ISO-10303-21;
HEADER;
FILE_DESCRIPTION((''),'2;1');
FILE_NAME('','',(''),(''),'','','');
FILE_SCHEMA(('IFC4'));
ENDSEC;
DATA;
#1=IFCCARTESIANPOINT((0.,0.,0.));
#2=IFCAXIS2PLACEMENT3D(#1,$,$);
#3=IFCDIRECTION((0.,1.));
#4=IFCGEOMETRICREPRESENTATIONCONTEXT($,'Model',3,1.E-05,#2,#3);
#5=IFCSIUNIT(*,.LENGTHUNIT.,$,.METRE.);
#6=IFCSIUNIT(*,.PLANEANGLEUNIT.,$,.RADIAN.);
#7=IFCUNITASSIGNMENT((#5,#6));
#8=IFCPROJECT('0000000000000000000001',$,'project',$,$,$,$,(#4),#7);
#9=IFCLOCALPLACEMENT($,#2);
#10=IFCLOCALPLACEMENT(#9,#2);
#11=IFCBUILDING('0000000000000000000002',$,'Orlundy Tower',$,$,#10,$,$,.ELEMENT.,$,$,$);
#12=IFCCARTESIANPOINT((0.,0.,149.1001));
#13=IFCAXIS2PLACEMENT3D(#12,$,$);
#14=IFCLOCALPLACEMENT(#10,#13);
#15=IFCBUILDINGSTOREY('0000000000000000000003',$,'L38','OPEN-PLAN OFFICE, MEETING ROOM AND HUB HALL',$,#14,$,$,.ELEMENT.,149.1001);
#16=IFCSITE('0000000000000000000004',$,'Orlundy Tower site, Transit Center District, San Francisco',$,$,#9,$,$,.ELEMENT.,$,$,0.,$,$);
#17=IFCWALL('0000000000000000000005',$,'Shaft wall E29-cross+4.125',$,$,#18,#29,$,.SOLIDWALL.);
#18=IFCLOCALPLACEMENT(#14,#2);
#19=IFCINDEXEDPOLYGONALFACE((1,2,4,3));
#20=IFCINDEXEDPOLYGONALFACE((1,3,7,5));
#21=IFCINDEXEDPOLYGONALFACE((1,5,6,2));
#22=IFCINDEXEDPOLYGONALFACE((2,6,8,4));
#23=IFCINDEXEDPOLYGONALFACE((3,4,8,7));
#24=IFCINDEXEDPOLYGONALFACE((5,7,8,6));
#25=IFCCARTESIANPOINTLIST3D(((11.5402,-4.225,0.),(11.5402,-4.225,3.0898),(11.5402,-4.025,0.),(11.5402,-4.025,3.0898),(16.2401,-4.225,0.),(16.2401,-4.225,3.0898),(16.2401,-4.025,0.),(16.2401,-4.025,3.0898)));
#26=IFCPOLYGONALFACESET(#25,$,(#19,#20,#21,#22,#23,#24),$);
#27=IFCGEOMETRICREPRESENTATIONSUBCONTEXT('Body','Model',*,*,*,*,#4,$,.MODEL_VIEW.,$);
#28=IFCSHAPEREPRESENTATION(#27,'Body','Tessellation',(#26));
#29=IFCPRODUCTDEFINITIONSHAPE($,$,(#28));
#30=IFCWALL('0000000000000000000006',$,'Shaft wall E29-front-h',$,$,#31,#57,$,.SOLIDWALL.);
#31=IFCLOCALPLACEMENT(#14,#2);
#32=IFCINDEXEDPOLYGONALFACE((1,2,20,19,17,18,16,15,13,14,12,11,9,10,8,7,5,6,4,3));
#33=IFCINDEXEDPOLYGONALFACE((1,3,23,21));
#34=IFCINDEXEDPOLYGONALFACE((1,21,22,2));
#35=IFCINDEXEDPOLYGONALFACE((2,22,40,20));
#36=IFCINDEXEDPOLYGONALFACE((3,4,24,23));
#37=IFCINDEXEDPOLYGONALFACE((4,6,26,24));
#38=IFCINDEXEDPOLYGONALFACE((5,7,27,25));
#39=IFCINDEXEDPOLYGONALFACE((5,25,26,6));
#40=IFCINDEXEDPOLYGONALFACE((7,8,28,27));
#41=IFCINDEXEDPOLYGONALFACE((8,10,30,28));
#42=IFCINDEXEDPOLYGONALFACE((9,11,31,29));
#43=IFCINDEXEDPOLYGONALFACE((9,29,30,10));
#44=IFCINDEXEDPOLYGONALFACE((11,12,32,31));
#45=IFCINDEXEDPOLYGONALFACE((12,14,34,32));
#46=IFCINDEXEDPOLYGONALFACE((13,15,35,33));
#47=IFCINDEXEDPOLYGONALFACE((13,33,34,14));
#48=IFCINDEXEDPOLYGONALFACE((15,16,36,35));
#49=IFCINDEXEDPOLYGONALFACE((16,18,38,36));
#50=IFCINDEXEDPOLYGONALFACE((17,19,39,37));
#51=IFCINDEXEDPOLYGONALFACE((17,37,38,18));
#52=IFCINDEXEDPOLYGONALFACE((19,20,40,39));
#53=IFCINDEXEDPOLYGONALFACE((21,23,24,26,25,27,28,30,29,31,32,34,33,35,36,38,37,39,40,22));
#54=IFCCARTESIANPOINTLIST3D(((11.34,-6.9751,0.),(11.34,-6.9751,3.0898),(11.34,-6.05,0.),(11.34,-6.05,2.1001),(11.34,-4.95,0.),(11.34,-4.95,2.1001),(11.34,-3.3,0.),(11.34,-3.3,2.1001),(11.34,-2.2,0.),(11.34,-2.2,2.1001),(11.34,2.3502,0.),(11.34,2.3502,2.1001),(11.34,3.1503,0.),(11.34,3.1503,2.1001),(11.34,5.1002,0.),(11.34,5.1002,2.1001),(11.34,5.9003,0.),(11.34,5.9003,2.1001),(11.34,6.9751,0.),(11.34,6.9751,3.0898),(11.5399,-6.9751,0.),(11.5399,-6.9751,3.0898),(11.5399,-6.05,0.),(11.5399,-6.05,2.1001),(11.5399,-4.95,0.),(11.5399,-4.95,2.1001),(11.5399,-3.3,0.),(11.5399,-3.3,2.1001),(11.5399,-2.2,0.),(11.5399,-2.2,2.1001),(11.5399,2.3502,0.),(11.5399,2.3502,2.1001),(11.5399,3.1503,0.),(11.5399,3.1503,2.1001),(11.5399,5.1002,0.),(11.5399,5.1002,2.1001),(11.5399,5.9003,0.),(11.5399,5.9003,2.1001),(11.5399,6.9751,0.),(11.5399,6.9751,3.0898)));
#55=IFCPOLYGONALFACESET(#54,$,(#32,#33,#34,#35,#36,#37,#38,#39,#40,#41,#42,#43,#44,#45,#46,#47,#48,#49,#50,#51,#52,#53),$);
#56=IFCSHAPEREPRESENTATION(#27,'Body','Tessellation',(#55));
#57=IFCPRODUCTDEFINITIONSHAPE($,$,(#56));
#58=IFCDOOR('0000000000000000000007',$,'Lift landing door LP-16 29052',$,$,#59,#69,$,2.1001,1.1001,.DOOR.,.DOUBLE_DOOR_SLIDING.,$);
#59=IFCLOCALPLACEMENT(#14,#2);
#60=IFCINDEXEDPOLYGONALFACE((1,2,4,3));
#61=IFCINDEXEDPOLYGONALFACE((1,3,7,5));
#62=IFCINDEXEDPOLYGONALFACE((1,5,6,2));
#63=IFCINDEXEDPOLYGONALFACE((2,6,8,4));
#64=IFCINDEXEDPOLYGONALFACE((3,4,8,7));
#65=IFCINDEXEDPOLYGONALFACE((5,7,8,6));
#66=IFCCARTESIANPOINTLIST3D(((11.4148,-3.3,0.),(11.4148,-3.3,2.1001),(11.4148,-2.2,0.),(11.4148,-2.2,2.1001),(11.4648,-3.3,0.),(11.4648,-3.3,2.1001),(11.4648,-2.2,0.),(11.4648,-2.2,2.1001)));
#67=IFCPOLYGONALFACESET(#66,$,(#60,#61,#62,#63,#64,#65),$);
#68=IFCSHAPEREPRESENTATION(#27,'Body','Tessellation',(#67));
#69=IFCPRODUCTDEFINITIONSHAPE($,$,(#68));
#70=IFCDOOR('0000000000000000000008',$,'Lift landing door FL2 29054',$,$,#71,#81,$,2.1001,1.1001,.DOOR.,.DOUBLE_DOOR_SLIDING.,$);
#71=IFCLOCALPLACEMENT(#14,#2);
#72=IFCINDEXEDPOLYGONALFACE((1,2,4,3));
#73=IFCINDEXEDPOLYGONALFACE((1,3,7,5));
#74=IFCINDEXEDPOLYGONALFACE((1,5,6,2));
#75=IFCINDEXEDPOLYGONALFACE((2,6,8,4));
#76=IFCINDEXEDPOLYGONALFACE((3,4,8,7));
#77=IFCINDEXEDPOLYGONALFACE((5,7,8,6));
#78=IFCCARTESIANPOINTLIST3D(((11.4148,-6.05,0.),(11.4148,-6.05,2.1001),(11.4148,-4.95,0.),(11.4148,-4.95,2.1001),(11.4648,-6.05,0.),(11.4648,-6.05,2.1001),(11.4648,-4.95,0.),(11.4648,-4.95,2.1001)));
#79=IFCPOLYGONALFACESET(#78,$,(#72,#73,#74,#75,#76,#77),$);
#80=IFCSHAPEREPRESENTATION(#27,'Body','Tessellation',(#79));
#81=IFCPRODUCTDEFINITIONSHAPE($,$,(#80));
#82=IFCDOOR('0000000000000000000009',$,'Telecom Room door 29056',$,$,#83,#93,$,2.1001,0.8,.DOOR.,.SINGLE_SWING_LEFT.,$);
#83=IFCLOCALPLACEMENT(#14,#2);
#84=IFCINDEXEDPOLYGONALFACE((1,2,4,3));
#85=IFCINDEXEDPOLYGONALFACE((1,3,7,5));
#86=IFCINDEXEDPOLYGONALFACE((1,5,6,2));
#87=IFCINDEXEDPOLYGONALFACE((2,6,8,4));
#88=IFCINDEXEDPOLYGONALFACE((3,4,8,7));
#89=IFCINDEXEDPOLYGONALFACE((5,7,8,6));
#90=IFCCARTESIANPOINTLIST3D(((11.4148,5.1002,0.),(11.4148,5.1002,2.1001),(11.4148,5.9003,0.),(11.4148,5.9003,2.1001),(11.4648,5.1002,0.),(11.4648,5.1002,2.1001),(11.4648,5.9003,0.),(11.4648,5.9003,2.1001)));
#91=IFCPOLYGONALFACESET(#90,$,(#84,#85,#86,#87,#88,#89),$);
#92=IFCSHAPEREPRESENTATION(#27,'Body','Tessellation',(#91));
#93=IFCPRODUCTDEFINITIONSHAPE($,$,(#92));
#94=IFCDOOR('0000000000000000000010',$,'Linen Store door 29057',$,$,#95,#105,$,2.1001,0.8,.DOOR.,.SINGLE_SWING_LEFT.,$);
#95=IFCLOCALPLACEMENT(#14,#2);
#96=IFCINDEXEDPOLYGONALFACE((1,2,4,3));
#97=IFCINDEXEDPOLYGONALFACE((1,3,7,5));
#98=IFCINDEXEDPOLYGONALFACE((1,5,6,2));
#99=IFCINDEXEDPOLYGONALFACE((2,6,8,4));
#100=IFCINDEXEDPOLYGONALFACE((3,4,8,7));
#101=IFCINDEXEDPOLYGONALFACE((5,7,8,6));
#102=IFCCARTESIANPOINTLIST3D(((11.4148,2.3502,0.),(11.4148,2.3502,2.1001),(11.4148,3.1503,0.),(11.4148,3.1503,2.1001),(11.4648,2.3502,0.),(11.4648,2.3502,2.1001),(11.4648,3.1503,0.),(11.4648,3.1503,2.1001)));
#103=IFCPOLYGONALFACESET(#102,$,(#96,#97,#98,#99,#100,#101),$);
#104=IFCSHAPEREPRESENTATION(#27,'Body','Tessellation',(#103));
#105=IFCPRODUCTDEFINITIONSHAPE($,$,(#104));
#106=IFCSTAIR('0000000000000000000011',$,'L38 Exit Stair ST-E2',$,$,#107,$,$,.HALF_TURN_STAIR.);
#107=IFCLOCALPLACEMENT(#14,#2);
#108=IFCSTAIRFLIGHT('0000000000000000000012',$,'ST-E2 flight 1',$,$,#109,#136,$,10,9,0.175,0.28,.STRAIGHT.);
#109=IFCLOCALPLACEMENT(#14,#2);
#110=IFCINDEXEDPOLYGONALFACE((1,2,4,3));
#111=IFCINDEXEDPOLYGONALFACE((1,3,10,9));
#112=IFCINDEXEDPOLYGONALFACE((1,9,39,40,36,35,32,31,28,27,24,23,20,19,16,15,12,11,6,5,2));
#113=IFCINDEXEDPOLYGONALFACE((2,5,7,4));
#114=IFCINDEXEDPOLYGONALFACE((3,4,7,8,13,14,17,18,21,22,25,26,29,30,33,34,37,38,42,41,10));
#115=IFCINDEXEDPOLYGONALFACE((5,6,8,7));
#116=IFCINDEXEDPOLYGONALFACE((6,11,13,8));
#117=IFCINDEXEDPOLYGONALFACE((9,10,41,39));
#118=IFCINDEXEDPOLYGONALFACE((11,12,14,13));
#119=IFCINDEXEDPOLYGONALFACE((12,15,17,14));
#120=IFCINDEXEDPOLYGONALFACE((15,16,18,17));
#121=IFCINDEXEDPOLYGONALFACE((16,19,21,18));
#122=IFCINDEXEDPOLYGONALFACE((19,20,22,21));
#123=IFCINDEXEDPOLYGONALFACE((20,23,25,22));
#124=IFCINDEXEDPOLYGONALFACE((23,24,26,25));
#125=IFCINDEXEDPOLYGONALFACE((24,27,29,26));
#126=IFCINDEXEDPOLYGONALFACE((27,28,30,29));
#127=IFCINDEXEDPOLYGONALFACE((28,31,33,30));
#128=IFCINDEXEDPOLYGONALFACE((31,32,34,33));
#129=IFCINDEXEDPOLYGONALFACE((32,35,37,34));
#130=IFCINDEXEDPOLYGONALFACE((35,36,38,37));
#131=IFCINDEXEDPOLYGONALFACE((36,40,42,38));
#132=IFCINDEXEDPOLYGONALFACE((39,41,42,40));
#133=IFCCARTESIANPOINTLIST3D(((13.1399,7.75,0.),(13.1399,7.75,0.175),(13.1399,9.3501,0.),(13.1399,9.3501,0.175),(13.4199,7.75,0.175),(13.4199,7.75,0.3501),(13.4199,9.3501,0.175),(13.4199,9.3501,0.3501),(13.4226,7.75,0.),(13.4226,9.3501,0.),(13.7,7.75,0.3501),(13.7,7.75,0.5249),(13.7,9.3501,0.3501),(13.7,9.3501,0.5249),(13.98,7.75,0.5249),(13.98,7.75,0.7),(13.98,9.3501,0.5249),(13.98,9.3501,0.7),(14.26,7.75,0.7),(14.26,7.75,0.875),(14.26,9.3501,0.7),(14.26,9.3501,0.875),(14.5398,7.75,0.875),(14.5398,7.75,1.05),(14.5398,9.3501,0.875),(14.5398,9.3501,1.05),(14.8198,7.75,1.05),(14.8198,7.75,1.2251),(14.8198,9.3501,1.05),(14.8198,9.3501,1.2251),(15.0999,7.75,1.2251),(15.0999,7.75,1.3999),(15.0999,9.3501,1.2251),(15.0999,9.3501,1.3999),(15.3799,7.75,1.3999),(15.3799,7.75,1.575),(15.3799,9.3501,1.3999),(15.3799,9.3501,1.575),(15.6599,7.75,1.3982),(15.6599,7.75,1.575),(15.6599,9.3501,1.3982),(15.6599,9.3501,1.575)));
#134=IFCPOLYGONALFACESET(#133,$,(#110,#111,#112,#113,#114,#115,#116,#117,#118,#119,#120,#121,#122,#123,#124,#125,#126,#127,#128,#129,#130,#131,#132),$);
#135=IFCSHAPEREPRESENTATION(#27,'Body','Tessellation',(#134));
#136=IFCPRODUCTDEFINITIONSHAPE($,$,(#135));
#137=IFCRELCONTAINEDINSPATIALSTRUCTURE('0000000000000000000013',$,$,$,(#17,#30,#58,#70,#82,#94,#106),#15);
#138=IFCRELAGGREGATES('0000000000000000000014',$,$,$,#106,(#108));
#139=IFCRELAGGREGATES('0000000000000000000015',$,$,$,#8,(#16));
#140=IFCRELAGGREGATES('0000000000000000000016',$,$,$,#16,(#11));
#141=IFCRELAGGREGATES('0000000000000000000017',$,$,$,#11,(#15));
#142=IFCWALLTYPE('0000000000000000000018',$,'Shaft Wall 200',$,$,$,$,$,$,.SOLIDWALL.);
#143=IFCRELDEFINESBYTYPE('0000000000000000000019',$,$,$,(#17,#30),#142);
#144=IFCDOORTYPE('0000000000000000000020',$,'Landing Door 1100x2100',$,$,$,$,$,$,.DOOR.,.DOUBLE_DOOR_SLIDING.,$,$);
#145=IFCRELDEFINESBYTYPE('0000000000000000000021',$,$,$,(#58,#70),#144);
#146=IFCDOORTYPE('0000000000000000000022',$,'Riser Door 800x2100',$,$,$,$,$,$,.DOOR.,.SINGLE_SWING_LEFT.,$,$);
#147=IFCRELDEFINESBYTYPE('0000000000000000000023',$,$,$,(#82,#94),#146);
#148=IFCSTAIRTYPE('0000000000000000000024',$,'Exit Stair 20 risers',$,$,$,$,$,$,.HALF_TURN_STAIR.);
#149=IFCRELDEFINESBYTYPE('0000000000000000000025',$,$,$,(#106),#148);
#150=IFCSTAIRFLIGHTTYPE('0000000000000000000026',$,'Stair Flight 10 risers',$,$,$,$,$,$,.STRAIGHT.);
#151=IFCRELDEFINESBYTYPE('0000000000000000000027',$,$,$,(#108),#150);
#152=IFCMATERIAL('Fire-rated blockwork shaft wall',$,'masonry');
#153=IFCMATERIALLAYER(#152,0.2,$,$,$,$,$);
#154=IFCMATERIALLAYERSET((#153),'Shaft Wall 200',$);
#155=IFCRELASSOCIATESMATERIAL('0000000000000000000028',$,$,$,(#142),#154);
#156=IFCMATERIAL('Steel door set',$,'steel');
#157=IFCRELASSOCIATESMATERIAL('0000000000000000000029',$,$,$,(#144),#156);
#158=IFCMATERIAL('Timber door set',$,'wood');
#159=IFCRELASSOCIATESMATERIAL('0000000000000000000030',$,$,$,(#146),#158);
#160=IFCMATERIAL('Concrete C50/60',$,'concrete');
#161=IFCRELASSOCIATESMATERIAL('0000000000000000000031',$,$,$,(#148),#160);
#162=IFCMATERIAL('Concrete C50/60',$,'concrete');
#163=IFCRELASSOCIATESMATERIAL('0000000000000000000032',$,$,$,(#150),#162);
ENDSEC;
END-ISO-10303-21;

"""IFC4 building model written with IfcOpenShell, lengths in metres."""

from ifc_helpers import new_model, si_unit, direction, frame, frame_2d, origin, place, context, subcontext, project, spatial, polyline, rectangle, outline, extrude, material, layer, layer_set, type_object, element, fill, aggregate, save


model = new_model("IFC4")

# Units and contexts
model_context = context("Model", 3, precision=1e-05, world=origin(), true_north=direction((0.0, 1.0)))
body_context = subcontext(model_context, "Body", "Model", "MODEL_VIEW")
ifc_project = project(units=[si_unit("LENGTHUNIT", "METRE"), si_unit("PLANEANGLEUNIT", "RADIAN")], contexts=[model_context])

# Site, building, storey
site_placement = place(None, origin())
site = spatial("IfcSite", under=ifc_project, at=site_placement, Name="Orlundy Tower site, Transit Center District, San Francisco", CompositionType="ELEMENT", RefElevation=0.0)
building_placement = place(site_placement, origin())
building = spatial("IfcBuilding", under=site, at=building_placement, Name="Orlundy Tower", CompositionType="ELEMENT")
storey_placement = place(building_placement, frame((0.0, 0.0, 149.1001)))
storey = spatial("IfcBuildingStorey", under=building, at=storey_placement, Name="L38", Description="OPEN-PLAN OFFICE, MEETING ROOM AND HUB HALL", CompositionType="ELEMENT", Elevation=149.1001)

# Wall
ifc_material_1 = material(Name="Fire-rated blockwork shaft wall", Category="masonry")
ifc_layer_1 = layer(ifc_material_1, 0.2)
ifc_layer_set_1 = layer_set([ifc_layer_1], Name="Shaft Wall 200")
wall_type_1 = type_object("IfcWallType", Name="Shaft Wall 200", PredefinedType="SOLIDWALL", material=ifc_layer_set_1)
wall_1_placement = place(storey_placement, frame((11.54, -4.125, 0.0), z_axis=(0.0, 0.0, 1.0), x_axis=(1.0, 0.0, 0.0)))
element("IfcWall", 1, at=wall_1_placement, inside=storey, type_object=wall_type_1, Name="Shaft wall E29-cross+4.125", PredefinedType="SOLIDWALL", context=body_context, shape_type="SweptSolid", body=[
    extrude(rectangle(XDim=4.7, YDim=0.2, at=frame_2d((2.3501, 0.0))), origin(), (0.0, 0.0, 1.0), 3.0898),
])

# Wall, openings, doors
wall_2_placement = place(storey_placement, frame((11.4399, 6.9751, 0.0), z_axis=(0.0, 0.0, 1.0), x_axis=(0.0, -1.0, 0.0)))
wall_2 = element("IfcWall", 2, at=wall_2_placement, inside=storey, type_object=wall_type_1, Name="Shaft wall E29-front-h", PredefinedType="SOLIDWALL", context=body_context, shape_type="SweptSolid", body=[
    extrude(rectangle(XDim=13.9502, YDim=0.2, at=frame_2d((6.9751, 0.0))), origin(), (0.0, 0.0, 1.0), 3.0898),
])
opening_1_placement = place(wall_2_placement, frame((9.175, 0.0, 0.0)))
opening_1 = element("IfcOpeningElement", 3, at=opening_1_placement, cuts=wall_2, PredefinedType="OPENING", context=body_context, shape_type="SweptSolid", body=[
    extrude(rectangle(XDim=1.1001, YDim=2.1001, at=frame_2d((0.55, 1.05))), frame((0.0, 0.1101, 0.0), z_axis=(0.0, -1.0, 0.0), x_axis=(1.0, 0.0, 0.0)), (0.0, 0.0, 1.0), 0.2202),
])
opening_2_placement = place(wall_2_placement, frame((11.925, 0.0, 0.0)))
opening_2 = element("IfcOpeningElement", 4, at=opening_2_placement, cuts=wall_2, PredefinedType="OPENING", context=body_context, shape_type="SweptSolid", body=[
    extrude(rectangle(XDim=1.1001, YDim=2.1001, at=frame_2d((0.55, 1.05))), frame((0.0, 0.1101, 0.0), z_axis=(0.0, -1.0, 0.0), x_axis=(1.0, 0.0, 0.0)), (0.0, 0.0, 1.0), 0.2202),
])
opening_3_placement = place(wall_2_placement, frame((1.075, 0.0, 0.0)))
opening_3 = element("IfcOpeningElement", 5, at=opening_3_placement, cuts=wall_2, PredefinedType="OPENING", context=body_context, shape_type="SweptSolid", body=[
    extrude(rectangle(XDim=0.8, YDim=2.1001, at=frame_2d((0.3999, 1.05))), frame((0.0, 0.1101, 0.0), z_axis=(0.0, -1.0, 0.0), x_axis=(1.0, 0.0, 0.0)), (0.0, 0.0, 1.0), 0.2202),
])
opening_4_placement = place(wall_2_placement, frame((3.825, 0.0, 0.0)))
opening_4 = element("IfcOpeningElement", 6, at=opening_4_placement, cuts=wall_2, PredefinedType="OPENING", context=body_context, shape_type="SweptSolid", body=[
    extrude(rectangle(XDim=0.8, YDim=2.1001, at=frame_2d((0.3999, 1.05))), frame((0.0, 0.1101, 0.0), z_axis=(0.0, -1.0, 0.0), x_axis=(1.0, 0.0, 0.0)), (0.0, 0.0, 1.0), 0.2202),
])
ifc_material_2 = material(Name="Steel door set", Category="steel")
door_type_1 = type_object("IfcDoorType", Name="Landing Door 1100x2100", OperationType="DOUBLE_DOOR_SLIDING", PredefinedType="DOOR", material=ifc_material_2)
door_1_placement = place(opening_1_placement, origin())
door_1 = element("IfcDoor", 7, at=door_1_placement, inside=storey, type_object=door_type_1, Name="Lift landing door LP-16 29052", OperationType="DOUBLE_DOOR_SLIDING", OverallHeight=2.1001, OverallWidth=1.1001, PredefinedType="DOOR", context=body_context, shape_type="SweptSolid", body=[
    extrude(rectangle(XDim=1.1001, YDim=2.1001, at=frame_2d((0.55, 1.05))), frame((0.0, 0.0249, 0.0), z_axis=(0.0, -1.0, 0.0), x_axis=(1.0, 0.0, 0.0)), (0.0, 0.0, 1.0), 0.05),
])
fill(opening_1, door_1)
door_2_placement = place(opening_2_placement, origin())
door_2 = element("IfcDoor", 8, at=door_2_placement, inside=storey, type_object=door_type_1, Name="Lift landing door FL2 29054", OperationType="DOUBLE_DOOR_SLIDING", OverallHeight=2.1001, OverallWidth=1.1001, PredefinedType="DOOR", context=body_context, shape_type="SweptSolid", body=[
    extrude(rectangle(XDim=1.1001, YDim=2.1001, at=frame_2d((0.55, 1.05))), frame((0.0, 0.0249, 0.0), z_axis=(0.0, -1.0, 0.0), x_axis=(1.0, 0.0, 0.0)), (0.0, 0.0, 1.0), 0.05),
])
fill(opening_2, door_2)
ifc_material_3 = material(Name="Timber door set", Category="wood")
door_type_2 = type_object("IfcDoorType", Name="Riser Door 800x2100", OperationType="SINGLE_SWING_LEFT", PredefinedType="DOOR", material=ifc_material_3)
door_3_placement = place(opening_3_placement, origin())
door_3 = element("IfcDoor", 9, at=door_3_placement, inside=storey, type_object=door_type_2, Name="Telecom Room door 29056", OperationType="SINGLE_SWING_LEFT", OverallHeight=2.1001, OverallWidth=0.8, PredefinedType="DOOR", context=body_context, shape_type="SweptSolid", body=[
    extrude(rectangle(XDim=0.8, YDim=2.1001, at=frame_2d((0.3999, 1.05))), frame((0.0, 0.0249, 0.0), z_axis=(0.0, -1.0, 0.0), x_axis=(1.0, 0.0, 0.0)), (0.0, 0.0, 1.0), 0.05),
])
fill(opening_3, door_3)
door_4_placement = place(opening_4_placement, origin())
door_4 = element("IfcDoor", 10, at=door_4_placement, inside=storey, type_object=door_type_2, Name="Linen Store door 29057", OperationType="SINGLE_SWING_LEFT", OverallHeight=2.1001, OverallWidth=0.8, PredefinedType="DOOR", context=body_context, shape_type="SweptSolid", body=[
    extrude(rectangle(XDim=0.8, YDim=2.1001, at=frame_2d((0.3999, 1.05))), frame((0.0, 0.0249, 0.0), z_axis=(0.0, -1.0, 0.0), x_axis=(1.0, 0.0, 0.0)), (0.0, 0.0, 1.0), 0.05),
])
fill(opening_4, door_4)

# Stair, stair flight
ifc_material_4 = material(Name="Concrete C50/60", Category="concrete")
stair_type = type_object("IfcStairType", Name="Exit Stair 20 risers", PredefinedType="HALF_TURN_STAIR", material=ifc_material_4)
stair_placement = place(storey_placement, origin())
stair = element("IfcStair", 11, at=stair_placement, inside=storey, type_object=stair_type, Name="L38 Exit Stair ST-E2", PredefinedType="HALF_TURN_STAIR")
ifc_material_5 = material(Name="Concrete C50/60", Category="concrete")
stair_flight_type = type_object("IfcStairFlightType", Name="Stair Flight 10 risers", PredefinedType="STRAIGHT", material=ifc_material_5)
stair_flight_placement = place(storey_placement, frame((13.1399, 8.55, 0.0), z_axis=(0.0, 0.0, 1.0), x_axis=(1.0, 0.0, 0.0)))
stair_flight = element("IfcStairFlight", 12, at=stair_flight_placement, type_object=stair_flight_type, Name="ST-E2 flight 1", NumberOfRisers=10, NumberOfTreads=9, PredefinedType="STRAIGHT", RiserHeight=0.175, TreadLength=0.28, context=body_context, shape_type="SweptSolid", body=[
    extrude(outline(polyline([(0.0, 0.0), (0.0, 0.175), (0.28, 0.175), (0.28, 0.3501), (0.5601, 0.3501), (0.5601, 0.5249), (0.8401, 0.5249), (0.8401, 0.7), (1.1201, 0.7), (1.1201, 0.875), (1.3999, 0.875), (1.3999, 1.05), (1.6799, 1.05), (1.6799, 1.2251), (1.96, 1.2251), (1.96, 1.3999), (2.24, 1.3999), (2.24, 1.575), (2.52, 1.575), (2.52, 1.75), (2.52, 1.3982), (0.2827, 0.0), (0.0, 0.0)])), frame((0.0, 0.8, 0.0), z_axis=(0.0, -1.0, 0.0), x_axis=(1.0, 0.0, 0.0)), (0.0, 0.0, 1.0), 1.6001),
])
aggregate(stair, [stair_flight])

save(model, "model.ifc")
